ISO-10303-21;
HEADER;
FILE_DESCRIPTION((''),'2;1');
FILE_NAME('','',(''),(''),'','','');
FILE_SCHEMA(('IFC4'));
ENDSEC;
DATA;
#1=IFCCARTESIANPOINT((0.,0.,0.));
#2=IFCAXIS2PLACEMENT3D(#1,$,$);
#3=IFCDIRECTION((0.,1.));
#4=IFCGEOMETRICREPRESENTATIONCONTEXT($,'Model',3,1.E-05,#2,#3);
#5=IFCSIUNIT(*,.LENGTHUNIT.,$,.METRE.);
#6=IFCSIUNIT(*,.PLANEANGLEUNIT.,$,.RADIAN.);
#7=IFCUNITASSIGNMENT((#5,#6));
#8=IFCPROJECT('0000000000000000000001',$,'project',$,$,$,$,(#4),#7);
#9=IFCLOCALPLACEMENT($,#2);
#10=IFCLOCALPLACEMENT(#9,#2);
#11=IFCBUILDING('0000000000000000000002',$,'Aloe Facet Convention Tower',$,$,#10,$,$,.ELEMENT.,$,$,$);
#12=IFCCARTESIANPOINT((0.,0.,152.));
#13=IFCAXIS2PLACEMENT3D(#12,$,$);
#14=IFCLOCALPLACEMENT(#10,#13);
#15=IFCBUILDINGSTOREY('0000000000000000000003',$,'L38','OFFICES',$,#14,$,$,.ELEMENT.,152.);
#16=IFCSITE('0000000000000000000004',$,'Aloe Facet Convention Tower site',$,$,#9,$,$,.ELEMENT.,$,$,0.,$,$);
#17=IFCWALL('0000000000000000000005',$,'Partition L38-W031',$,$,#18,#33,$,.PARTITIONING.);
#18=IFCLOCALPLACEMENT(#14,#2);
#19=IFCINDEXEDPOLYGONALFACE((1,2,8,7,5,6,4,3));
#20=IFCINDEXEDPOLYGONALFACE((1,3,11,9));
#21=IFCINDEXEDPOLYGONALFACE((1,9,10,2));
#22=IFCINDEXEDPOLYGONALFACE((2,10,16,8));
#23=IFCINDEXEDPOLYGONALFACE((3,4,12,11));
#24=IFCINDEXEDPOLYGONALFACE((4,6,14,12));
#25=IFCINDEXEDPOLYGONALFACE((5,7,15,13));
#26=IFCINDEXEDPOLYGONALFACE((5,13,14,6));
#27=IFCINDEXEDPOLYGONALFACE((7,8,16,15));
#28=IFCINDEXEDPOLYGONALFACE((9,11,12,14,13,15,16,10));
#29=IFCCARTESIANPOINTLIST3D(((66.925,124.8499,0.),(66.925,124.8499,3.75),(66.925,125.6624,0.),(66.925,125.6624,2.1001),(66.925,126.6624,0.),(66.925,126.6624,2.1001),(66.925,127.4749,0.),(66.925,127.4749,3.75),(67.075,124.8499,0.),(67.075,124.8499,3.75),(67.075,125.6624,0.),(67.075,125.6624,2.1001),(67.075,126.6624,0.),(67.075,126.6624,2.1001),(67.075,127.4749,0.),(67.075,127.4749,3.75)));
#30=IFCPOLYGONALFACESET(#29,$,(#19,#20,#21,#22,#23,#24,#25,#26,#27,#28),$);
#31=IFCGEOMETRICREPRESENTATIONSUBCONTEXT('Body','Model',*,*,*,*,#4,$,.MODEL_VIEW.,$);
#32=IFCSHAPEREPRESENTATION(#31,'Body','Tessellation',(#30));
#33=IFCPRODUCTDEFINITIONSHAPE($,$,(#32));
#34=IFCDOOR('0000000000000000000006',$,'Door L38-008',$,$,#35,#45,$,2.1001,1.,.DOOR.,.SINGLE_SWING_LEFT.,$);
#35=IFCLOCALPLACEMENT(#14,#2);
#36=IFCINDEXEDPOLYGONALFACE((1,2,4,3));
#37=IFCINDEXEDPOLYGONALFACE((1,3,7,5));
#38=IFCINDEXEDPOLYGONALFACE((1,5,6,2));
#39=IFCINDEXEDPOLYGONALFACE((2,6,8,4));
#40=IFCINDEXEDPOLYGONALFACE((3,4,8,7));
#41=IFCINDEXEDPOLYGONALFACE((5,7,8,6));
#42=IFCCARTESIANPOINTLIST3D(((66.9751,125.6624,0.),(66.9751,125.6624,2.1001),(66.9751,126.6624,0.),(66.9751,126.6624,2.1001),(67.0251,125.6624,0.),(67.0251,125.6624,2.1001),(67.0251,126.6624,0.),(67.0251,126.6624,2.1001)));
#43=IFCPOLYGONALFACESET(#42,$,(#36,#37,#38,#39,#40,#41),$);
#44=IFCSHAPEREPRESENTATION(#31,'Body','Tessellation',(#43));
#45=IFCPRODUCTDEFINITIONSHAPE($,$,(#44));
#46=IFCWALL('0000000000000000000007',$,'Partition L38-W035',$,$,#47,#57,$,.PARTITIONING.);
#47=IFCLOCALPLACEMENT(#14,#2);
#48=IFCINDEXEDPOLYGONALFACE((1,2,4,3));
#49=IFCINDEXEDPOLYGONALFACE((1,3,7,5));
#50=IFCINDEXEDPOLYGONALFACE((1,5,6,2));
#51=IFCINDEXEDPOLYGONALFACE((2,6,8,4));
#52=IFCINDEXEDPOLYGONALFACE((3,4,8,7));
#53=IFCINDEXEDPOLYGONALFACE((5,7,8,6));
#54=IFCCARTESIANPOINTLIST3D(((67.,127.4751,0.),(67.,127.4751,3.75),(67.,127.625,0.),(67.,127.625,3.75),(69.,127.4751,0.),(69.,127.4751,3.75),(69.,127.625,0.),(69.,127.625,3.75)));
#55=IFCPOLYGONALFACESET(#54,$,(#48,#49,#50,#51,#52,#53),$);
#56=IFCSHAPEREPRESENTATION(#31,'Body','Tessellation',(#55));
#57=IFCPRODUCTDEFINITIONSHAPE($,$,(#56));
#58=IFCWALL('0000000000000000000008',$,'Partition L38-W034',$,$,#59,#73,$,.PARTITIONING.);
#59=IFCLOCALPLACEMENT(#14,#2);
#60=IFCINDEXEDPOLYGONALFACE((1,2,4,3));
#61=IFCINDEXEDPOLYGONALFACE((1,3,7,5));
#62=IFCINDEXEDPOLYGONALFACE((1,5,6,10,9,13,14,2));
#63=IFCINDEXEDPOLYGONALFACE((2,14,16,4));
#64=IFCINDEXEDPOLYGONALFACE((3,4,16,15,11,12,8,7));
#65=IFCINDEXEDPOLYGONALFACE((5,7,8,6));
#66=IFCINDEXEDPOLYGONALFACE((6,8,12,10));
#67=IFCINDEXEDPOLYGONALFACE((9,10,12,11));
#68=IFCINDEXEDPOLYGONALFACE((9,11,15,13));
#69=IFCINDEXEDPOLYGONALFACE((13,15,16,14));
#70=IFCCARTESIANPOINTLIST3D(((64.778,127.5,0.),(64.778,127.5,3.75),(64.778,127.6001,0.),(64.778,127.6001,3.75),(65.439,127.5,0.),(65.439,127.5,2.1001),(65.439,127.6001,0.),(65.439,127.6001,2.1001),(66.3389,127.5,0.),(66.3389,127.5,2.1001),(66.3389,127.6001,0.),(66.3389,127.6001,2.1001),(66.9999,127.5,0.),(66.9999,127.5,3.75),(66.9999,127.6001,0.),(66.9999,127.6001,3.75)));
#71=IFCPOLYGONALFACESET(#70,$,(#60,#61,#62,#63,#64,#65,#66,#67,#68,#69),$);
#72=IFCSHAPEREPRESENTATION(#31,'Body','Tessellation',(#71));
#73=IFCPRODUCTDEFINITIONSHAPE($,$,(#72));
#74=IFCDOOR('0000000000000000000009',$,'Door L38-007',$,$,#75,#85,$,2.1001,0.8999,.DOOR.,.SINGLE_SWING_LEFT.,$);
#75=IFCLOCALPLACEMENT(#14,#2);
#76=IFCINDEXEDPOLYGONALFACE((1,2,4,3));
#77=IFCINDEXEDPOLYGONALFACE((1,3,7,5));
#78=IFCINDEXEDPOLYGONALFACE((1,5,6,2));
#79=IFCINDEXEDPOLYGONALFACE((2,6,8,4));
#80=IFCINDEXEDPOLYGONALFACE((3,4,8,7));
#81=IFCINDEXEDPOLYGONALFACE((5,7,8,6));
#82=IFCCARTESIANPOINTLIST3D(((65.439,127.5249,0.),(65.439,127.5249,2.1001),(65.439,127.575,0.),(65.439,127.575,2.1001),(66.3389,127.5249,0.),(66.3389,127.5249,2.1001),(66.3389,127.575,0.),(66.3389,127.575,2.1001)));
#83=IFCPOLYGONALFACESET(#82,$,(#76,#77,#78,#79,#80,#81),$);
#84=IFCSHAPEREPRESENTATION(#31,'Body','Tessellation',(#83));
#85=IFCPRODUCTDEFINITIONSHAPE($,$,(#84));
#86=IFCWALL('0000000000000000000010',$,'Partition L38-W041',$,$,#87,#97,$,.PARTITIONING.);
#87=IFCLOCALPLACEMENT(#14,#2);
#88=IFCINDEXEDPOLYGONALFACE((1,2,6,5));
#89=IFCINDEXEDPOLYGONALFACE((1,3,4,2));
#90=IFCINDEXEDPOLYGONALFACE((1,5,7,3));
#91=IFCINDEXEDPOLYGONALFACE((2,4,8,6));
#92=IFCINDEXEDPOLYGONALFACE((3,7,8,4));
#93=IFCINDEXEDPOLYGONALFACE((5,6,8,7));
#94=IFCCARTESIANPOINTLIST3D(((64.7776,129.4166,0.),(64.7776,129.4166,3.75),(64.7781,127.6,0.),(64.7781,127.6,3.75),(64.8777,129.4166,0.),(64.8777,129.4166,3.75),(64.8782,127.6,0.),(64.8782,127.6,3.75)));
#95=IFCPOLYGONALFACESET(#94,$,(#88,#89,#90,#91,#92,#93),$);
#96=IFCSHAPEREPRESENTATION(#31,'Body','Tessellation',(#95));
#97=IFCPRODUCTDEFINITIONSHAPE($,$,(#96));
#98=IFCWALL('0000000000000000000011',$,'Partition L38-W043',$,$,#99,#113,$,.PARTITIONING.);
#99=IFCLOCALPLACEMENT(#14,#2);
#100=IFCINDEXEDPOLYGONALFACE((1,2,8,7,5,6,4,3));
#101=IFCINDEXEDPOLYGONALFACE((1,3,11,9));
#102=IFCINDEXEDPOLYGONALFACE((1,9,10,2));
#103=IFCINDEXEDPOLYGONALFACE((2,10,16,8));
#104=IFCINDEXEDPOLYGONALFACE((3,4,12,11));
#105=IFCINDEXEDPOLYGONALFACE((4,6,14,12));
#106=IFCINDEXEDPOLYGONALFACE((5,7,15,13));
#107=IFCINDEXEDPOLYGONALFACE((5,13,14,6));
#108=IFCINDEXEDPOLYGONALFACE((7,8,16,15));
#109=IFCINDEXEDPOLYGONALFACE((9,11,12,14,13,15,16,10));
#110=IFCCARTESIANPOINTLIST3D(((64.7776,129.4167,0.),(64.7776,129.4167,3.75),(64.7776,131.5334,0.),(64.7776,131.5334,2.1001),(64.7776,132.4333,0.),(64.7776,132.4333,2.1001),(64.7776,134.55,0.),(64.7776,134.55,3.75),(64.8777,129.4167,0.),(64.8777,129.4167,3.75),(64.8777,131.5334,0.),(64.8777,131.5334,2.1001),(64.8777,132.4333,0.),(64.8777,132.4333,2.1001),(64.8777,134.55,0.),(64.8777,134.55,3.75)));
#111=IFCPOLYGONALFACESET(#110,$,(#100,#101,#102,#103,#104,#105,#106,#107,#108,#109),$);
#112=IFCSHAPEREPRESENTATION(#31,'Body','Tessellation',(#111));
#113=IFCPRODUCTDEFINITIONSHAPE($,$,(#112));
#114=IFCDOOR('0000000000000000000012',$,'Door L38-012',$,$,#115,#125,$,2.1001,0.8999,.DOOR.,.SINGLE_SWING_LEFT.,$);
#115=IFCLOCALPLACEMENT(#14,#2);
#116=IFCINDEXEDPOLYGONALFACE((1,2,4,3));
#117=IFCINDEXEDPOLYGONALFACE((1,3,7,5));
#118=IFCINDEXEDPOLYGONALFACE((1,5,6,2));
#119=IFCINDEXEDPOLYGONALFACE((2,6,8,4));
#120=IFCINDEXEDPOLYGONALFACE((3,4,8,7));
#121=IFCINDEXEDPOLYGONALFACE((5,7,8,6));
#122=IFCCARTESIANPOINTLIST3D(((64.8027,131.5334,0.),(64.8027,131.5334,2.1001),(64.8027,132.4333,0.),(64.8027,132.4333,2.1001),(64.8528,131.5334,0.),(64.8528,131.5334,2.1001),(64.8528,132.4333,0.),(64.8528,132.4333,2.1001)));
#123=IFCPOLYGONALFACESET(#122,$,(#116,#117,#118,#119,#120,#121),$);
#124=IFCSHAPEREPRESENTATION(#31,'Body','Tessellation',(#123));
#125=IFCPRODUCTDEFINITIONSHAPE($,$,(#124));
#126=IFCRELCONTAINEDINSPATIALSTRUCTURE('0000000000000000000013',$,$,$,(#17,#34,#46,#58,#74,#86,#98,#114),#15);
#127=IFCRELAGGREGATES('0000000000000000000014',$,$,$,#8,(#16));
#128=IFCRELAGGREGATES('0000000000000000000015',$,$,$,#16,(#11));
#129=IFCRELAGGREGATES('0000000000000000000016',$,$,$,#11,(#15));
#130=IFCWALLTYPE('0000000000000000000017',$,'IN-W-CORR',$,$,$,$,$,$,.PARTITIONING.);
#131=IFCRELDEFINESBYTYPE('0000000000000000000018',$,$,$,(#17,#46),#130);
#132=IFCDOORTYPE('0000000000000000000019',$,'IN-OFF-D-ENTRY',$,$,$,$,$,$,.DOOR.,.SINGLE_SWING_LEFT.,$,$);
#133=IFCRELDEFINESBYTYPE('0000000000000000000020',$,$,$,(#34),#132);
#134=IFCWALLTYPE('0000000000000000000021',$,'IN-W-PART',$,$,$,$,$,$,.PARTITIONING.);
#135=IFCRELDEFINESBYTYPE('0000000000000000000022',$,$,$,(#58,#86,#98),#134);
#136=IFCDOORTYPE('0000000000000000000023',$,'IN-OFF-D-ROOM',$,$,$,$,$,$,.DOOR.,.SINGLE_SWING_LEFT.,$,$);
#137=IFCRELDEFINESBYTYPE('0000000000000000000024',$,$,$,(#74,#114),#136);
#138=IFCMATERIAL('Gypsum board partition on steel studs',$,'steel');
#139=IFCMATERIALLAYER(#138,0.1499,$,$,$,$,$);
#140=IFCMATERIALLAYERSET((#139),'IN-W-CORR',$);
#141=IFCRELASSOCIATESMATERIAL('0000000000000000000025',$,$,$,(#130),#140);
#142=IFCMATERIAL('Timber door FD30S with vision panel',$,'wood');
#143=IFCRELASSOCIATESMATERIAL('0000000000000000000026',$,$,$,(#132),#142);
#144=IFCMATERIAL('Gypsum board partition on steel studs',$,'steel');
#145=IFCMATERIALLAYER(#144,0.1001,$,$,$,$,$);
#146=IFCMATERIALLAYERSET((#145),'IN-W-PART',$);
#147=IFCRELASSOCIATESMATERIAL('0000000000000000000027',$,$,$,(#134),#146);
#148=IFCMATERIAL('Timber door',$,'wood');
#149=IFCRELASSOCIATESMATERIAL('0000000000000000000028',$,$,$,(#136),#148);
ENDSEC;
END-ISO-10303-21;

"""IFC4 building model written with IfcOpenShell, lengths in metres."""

from ifc_helpers import new_model, si_unit, direction, frame, frame_2d, origin, place, context, subcontext, project, spatial, rectangle, extrude, material, layer, layer_set, type_object, element, fill, save


model = new_model("IFC4")

# Units and contexts
model_context = context("Model", 3, precision=1e-05, world=origin(), true_north=direction((0.0, 1.0)))
body_context = subcontext(model_context, "Body", "Model", "MODEL_VIEW")
ifc_project = project(units=[si_unit("LENGTHUNIT", "METRE"), si_unit("PLANEANGLEUNIT", "RADIAN")], contexts=[model_context])

# Site, building, storey
site_placement = place(None, origin())
site = spatial("IfcSite", under=ifc_project, at=site_placement, Name="Aloe Facet Convention Tower site", CompositionType="ELEMENT", RefElevation=0.0)
building_placement = place(site_placement, origin())
building = spatial("IfcBuilding", under=site, at=building_placement, Name="Aloe Facet Convention Tower", CompositionType="ELEMENT")
storey_placement = place(building_placement, frame((0.0, 0.0, 152.0)))
storey = spatial("IfcBuildingStorey", under=building, at=storey_placement, Name="L38", Description="OFFICES", CompositionType="ELEMENT", Elevation=152.0)

# Wall, opening, door
ifc_material_1 = material(Name="Gypsum board partition on steel studs", Category="steel")
ifc_layer_1 = layer(ifc_material_1, 0.1499)
ifc_layer_set_1 = layer_set([ifc_layer_1], Name="IN-W-CORR")
wall_type_1 = type_object("IfcWallType", Name="IN-W-CORR", PredefinedType="PARTITIONING", material=ifc_layer_set_1)
wall_1_placement = place(storey_placement, frame((67.0, 124.8499, 0.0), z_axis=(0.0, 0.0, 1.0), x_axis=(0.0, 1.0, 0.0)))
wall_1 = element("IfcWall", 1, at=wall_1_placement, inside=storey, type_object=wall_type_1, Name="Partition L38-W031", PredefinedType="PARTITIONING", context=body_context, shape_type="SweptSolid", body=[
    extrude(rectangle(XDim=2.625, YDim=0.1499, at=frame_2d((1.3125, 0.0))), origin(), (0.0, 0.0, 1.0), 3.75),
])
opening_1_placement = place(wall_1_placement, frame((0.8125, 0.0, 0.0)))
opening_1 = element("IfcOpeningElement", 2, at=opening_1_placement, cuts=wall_1, PredefinedType="OPENING", context=body_context, shape_type="SweptSolid", body=[
    extrude(rectangle(XDim=1.0, YDim=2.1001, at=frame_2d((0.5, 1.05))), frame((0.0, 0.085, 0.0), z_axis=(0.0, -1.0, 0.0), x_axis=(1.0, 0.0, 0.0)), (0.0, 0.0, 1.0), 0.1699),
])
ifc_material_2 = material(Name="Timber door FD30S with vision panel", Category="wood")
door_type_1 = type_object("IfcDoorType", Name="IN-OFF-D-ENTRY", OperationType="SINGLE_SWING_LEFT", PredefinedType="DOOR", material=ifc_material_2)
door_1_placement = place(opening_1_placement, origin())
door_1 = element("IfcDoor", 3, at=door_1_placement, inside=storey, type_object=door_type_1, Name="Door L38-008", OperationType="SINGLE_SWING_LEFT", OverallHeight=2.1001, OverallWidth=1.0, PredefinedType="DOOR", context=body_context, shape_type="SweptSolid", body=[
    extrude(rectangle(XDim=1.0, YDim=2.1001, at=frame_2d((0.5, 1.05))), frame((0.0, 0.0249, 0.0), z_axis=(0.0, -1.0, 0.0), x_axis=(1.0, 0.0, 0.0)), (0.0, 0.0, 1.0), 0.05),
])
fill(opening_1, door_1)

# Wall
wall_2_placement = place(storey_placement, frame((67.0, 127.55, 0.0), z_axis=(0.0, 0.0, 1.0), x_axis=(1.0, 0.0, 0.0)))
element("IfcWall", 4, at=wall_2_placement, inside=storey, type_object=wall_type_1, Name="Partition L38-W035", PredefinedType="PARTITIONING", context=body_context, shape_type="SweptSolid", body=[
    extrude(rectangle(XDim=2.0, YDim=0.1499, at=frame_2d((1.0, 0.0))), origin(), (0.0, 0.0, 1.0), 3.75),
])

# Wall, opening, door
ifc_material_3 = material(Name="Gypsum board partition on steel studs", Category="steel")
ifc_layer_2 = layer(ifc_material_3, 0.1001)
ifc_layer_set_2 = layer_set([ifc_layer_2], Name="IN-W-PART")
wall_type_2 = type_object("IfcWallType", Name="IN-W-PART", PredefinedType="PARTITIONING", material=ifc_layer_set_2)
wall_3_placement = place(storey_placement, frame((64.7781, 127.55, 0.0), z_axis=(0.0, 0.0, 1.0), x_axis=(1.0, 0.0, 0.0)))
wall_3 = element("IfcWall", 5, at=wall_3_placement, inside=storey, type_object=wall_type_2, Name="Partition L38-W034", PredefinedType="PARTITIONING", context=body_context, shape_type="SweptSolid", body=[
    extrude(rectangle(XDim=2.2219, YDim=0.1001, at=frame_2d((1.1108, 0.0))), origin(), (0.0, 0.0, 1.0), 3.75),
])
opening_2_placement = place(wall_3_placement, frame((0.6609, 0.0, 0.0)))
opening_2 = element("IfcOpeningElement", 6, at=opening_2_placement, cuts=wall_3, PredefinedType="OPENING", context=body_context, shape_type="SweptSolid", body=[
    extrude(rectangle(XDim=0.8999, YDim=2.1001, at=frame_2d((0.45, 1.05))), frame((0.0, 0.0601, 0.0), z_axis=(0.0, -1.0, 0.0), x_axis=(1.0, 0.0, 0.0)), (0.0, 0.0, 1.0), 0.1201),
])
ifc_material_4 = material(Name="Timber door", Category="wood")
door_type_2 = type_object("IfcDoorType", Name="IN-OFF-D-ROOM", OperationType="SINGLE_SWING_LEFT", PredefinedType="DOOR", material=ifc_material_4)
door_2_placement = place(opening_2_placement, origin())
door_2 = element("IfcDoor", 7, at=door_2_placement, inside=storey, type_object=door_type_2, Name="Door L38-007", OperationType="SINGLE_SWING_LEFT", OverallHeight=2.1001, OverallWidth=0.8999, PredefinedType="DOOR", context=body_context, shape_type="SweptSolid", body=[
    extrude(rectangle(XDim=0.8999, YDim=2.1001, at=frame_2d((0.45, 1.05))), frame((0.0, 0.0249, 0.0), z_axis=(0.0, -1.0, 0.0), x_axis=(1.0, 0.0, 0.0)), (0.0, 0.0, 1.0), 0.05),
])
fill(opening_2, door_2)

# Wall
wall_4_placement = place(storey_placement, frame((64.8281, 127.6001, 0.0), z_axis=(0.0, 0.0, 1.0), x_axis=(-0.000269, 1.0, 0.0)))
element("IfcWall", 8, at=wall_4_placement, inside=storey, type_object=wall_type_2, Name="Partition L38-W041", PredefinedType="PARTITIONING", context=body_context, shape_type="SweptSolid", body=[
    extrude(rectangle(XDim=1.8167, YDim=0.1001, at=frame_2d((0.9082, 0.0))), origin(), (0.0, 0.0, 1.0), 3.75),
])

# Wall, opening, door
wall_5_placement = place(storey_placement, frame((64.8276, 129.4167, 0.0), z_axis=(0.0, 0.0, 1.0), x_axis=(0.0, 1.0, 0.0)))
wall_5 = element("IfcWall", 9, at=wall_5_placement, inside=storey, type_object=wall_type_2, Name="Partition L38-W043", PredefinedType="PARTITIONING", context=body_context, shape_type="SweptSolid", body=[
    extrude(rectangle(XDim=5.1333, YDim=0.1001, at=frame_2d((2.5667, 0.0))), origin(), (0.0, 0.0, 1.0), 3.75),
])
opening_3_placement = place(wall_5_placement, frame((2.1167, 0.0, 0.0)))
opening_3 = element("IfcOpeningElement", 10, at=opening_3_placement, cuts=wall_5, PredefinedType="OPENING", context=body_context, shape_type="SweptSolid", body=[
    extrude(rectangle(XDim=0.8999, YDim=2.1001, at=frame_2d((0.45, 1.05))), frame((0.0, 0.0601, 0.0), z_axis=(0.0, -1.0, 0.0), x_axis=(1.0, 0.0, 0.0)), (0.0, 0.0, 1.0), 0.1201),
])
door_3_placement = place(opening_3_placement, origin())
door_3 = element("IfcDoor", 11, at=door_3_placement, inside=storey, type_object=door_type_2, Name="Door L38-012", OperationType="SINGLE_SWING_LEFT", OverallHeight=2.1001, OverallWidth=0.8999, PredefinedType="DOOR", context=body_context, shape_type="SweptSolid", body=[
    extrude(rectangle(XDim=0.8999, YDim=2.1001, at=frame_2d((0.45, 1.05))), frame((0.0, 0.0249, 0.0), z_axis=(0.0, -1.0, 0.0), x_axis=(1.0, 0.0, 0.0)), (0.0, 0.0, 1.0), 0.05),
])
fill(opening_3, door_3)

save(model, "model.ifc")
